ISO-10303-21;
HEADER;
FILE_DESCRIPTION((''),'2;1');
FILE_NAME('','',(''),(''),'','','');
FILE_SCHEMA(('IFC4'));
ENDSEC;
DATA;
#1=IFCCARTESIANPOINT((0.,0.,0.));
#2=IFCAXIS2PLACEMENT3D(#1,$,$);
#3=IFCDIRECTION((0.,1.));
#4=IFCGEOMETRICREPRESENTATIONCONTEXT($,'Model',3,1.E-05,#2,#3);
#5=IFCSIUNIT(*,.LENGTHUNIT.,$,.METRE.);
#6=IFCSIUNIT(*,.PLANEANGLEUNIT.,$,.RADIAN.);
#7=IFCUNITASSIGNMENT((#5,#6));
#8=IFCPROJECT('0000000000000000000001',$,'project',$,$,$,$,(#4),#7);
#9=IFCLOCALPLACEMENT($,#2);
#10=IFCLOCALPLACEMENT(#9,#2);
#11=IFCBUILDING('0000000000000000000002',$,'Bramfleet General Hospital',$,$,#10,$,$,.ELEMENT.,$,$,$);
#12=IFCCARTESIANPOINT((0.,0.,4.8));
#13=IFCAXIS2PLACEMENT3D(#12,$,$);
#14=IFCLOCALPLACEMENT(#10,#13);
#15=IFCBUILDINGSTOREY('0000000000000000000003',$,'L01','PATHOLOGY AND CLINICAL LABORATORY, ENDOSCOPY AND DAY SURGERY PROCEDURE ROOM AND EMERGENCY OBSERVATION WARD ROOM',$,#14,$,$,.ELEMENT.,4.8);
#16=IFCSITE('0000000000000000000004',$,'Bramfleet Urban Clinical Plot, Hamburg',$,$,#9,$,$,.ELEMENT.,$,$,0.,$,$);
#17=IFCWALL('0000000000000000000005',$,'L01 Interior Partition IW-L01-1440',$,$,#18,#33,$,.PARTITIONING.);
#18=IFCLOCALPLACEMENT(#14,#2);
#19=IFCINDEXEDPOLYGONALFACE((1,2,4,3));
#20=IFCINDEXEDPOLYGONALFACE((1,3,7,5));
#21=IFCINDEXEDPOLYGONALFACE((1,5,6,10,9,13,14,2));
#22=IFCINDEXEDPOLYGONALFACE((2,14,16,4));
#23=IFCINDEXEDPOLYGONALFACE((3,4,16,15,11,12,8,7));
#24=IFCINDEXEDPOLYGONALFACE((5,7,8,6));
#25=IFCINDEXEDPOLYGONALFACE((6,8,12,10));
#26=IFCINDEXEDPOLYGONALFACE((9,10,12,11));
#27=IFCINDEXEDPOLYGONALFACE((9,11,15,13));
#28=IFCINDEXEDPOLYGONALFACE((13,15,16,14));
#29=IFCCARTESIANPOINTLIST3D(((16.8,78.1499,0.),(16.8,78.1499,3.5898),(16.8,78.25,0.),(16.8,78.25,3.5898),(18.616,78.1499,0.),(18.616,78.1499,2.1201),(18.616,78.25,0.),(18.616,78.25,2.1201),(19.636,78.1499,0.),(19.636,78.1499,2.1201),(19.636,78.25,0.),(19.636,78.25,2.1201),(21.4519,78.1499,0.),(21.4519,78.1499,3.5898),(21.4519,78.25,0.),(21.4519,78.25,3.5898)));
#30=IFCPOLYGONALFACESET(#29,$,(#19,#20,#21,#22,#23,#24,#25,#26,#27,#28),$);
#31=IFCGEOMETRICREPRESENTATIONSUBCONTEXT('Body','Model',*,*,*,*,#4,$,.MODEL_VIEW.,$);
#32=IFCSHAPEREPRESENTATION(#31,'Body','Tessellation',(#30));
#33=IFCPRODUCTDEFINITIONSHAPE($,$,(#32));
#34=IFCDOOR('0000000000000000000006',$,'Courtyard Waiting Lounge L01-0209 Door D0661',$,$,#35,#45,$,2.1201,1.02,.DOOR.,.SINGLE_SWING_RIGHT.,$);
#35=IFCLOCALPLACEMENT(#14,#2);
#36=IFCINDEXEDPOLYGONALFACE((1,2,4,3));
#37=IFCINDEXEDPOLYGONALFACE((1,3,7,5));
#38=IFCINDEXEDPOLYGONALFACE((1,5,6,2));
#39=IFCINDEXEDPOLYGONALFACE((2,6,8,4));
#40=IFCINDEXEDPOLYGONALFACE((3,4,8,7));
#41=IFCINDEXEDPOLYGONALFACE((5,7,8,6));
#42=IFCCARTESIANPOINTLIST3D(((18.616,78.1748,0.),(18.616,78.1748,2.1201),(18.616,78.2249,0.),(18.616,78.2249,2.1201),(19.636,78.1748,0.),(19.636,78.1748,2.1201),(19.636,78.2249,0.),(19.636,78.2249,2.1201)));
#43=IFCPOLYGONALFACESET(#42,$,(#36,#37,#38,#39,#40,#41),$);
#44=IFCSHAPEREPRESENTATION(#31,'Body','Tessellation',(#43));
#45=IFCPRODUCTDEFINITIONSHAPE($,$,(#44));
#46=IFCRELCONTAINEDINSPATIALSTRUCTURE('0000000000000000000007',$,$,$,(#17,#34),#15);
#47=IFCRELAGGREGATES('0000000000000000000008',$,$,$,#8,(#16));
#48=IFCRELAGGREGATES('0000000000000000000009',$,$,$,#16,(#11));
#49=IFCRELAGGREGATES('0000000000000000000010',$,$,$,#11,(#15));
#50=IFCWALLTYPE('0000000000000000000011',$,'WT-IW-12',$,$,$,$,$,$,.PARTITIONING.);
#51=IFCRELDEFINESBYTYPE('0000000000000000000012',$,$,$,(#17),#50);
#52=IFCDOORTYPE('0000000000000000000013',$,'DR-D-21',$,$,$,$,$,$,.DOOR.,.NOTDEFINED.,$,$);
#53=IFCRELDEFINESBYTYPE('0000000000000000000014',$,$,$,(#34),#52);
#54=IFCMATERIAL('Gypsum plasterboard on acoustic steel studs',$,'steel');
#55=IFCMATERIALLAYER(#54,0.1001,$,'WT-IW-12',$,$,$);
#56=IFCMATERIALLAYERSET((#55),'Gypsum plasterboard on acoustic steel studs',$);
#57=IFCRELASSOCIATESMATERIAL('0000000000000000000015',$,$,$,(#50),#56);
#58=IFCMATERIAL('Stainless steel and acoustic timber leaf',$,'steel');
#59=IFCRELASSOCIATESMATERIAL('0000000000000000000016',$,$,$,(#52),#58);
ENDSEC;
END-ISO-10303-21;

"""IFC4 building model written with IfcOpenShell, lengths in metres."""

from ifc_helpers import new_model, si_unit, direction, frame, frame_2d, origin, place, context, subcontext, project, spatial, rectangle, extrude, material, layer, layer_set, type_object, element, fill, save


model = new_model("IFC4")

# Units and contexts
model_context = context("Model", 3, precision=1e-05, world=origin(), true_north=direction((0.0, 1.0)))
body_context = subcontext(model_context, "Body", "Model", "MODEL_VIEW")
ifc_project = project(units=[si_unit("LENGTHUNIT", "METRE"), si_unit("PLANEANGLEUNIT", "RADIAN")], contexts=[model_context])

# Site, building, storey
site_placement = place(None, origin())
site = spatial("IfcSite", under=ifc_project, at=site_placement, Name="Bramfleet Urban Clinical Plot, Hamburg", CompositionType="ELEMENT", RefElevation=0.0)
building_placement = place(site_placement, origin())
building = spatial("IfcBuilding", under=site, at=building_placement, Name="Bramfleet General Hospital", CompositionType="ELEMENT")
storey_placement = place(building_placement, frame((0.0, 0.0, 4.8)))
storey = spatial("IfcBuildingStorey", under=building, at=storey_placement, Name="L01", Description="PATHOLOGY AND CLINICAL LABORATORY, ENDOSCOPY AND DAY SURGERY PROCEDURE ROOM AND EMERGENCY OBSERVATION WARD ROOM", CompositionType="ELEMENT", Elevation=4.8)

# Shared definitions
ifc_material_1 = material(Name="Gypsum plasterboard on acoustic steel studs", Category="steel")

# Wall, opening, door
ifc_material_2 = material(Name="Stainless steel and acoustic timber leaf", Category="steel")
ifc_layer_1 = layer(ifc_material_1, 0.1001, Name="WT-IW-12")
ifc_layer_set_1 = layer_set([ifc_layer_1], Name="Gypsum plasterboard on acoustic steel studs")
wall_type_1 = type_object("IfcWallType", Name="WT-IW-12", PredefinedType="PARTITIONING", material=ifc_layer_set_1)
wall_1_placement = place(storey_placement, frame((16.8, 78.2, 0.0), z_axis=(0.0, 0.0, 1.0), x_axis=(1.0, 0.0, 0.0)))
wall_1 = element("IfcWall", 1, at=wall_1_placement, inside=storey, type_object=wall_type_1, Name="L01 Interior Partition IW-L01-1440", PredefinedType="PARTITIONING", context=body_context, shape_type="SweptSolid", body=[
    extrude(rectangle(XDim=4.6519, YDim=0.1001, at=frame_2d((2.3259, 0.0))), origin(), (0.0, 0.0, 1.0), 3.5898),
])
opening_1_placement = place(wall_1_placement, frame((1.8159, 0.0, 0.0)))
opening_1 = element("IfcOpeningElement", 2, at=opening_1_placement, cuts=wall_1, PredefinedType="OPENING", context=body_context, shape_type="SweptSolid", body=[
    extrude(rectangle(XDim=1.02, YDim=2.1201, at=frame_2d((0.51, 1.0601))), frame((0.0, 0.0601, 0.0), z_axis=(0.0, -1.0, 0.0), x_axis=(1.0, 0.0, 0.0)), (0.0, 0.0, 1.0), 0.1201),
])
door_type_1 = type_object("IfcDoorType", Name="DR-D-21", OperationType="NOTDEFINED", PredefinedType="DOOR", material=ifc_material_2)
door_1_placement = place(opening_1_placement, origin())
door_1 = element("IfcDoor", 3, at=door_1_placement, inside=storey, type_object=door_type_1, Name="Courtyard Waiting Lounge L01-0209 Door D0661", OperationType="SINGLE_SWING_RIGHT", OverallHeight=2.1201, OverallWidth=1.02, PredefinedType="DOOR", context=body_context, shape_type="SweptSolid", body=[
    extrude(rectangle(XDim=1.02, YDim=2.1201, at=frame_2d((0.51, 1.0601))), frame((0.0, 0.0249, 0.0), z_axis=(0.0, -1.0, 0.0), x_axis=(1.0, 0.0, 0.0)), (0.0, 0.0, 1.0), 0.05),
])
fill(opening_1, door_1)

save(model, "model.ifc")
